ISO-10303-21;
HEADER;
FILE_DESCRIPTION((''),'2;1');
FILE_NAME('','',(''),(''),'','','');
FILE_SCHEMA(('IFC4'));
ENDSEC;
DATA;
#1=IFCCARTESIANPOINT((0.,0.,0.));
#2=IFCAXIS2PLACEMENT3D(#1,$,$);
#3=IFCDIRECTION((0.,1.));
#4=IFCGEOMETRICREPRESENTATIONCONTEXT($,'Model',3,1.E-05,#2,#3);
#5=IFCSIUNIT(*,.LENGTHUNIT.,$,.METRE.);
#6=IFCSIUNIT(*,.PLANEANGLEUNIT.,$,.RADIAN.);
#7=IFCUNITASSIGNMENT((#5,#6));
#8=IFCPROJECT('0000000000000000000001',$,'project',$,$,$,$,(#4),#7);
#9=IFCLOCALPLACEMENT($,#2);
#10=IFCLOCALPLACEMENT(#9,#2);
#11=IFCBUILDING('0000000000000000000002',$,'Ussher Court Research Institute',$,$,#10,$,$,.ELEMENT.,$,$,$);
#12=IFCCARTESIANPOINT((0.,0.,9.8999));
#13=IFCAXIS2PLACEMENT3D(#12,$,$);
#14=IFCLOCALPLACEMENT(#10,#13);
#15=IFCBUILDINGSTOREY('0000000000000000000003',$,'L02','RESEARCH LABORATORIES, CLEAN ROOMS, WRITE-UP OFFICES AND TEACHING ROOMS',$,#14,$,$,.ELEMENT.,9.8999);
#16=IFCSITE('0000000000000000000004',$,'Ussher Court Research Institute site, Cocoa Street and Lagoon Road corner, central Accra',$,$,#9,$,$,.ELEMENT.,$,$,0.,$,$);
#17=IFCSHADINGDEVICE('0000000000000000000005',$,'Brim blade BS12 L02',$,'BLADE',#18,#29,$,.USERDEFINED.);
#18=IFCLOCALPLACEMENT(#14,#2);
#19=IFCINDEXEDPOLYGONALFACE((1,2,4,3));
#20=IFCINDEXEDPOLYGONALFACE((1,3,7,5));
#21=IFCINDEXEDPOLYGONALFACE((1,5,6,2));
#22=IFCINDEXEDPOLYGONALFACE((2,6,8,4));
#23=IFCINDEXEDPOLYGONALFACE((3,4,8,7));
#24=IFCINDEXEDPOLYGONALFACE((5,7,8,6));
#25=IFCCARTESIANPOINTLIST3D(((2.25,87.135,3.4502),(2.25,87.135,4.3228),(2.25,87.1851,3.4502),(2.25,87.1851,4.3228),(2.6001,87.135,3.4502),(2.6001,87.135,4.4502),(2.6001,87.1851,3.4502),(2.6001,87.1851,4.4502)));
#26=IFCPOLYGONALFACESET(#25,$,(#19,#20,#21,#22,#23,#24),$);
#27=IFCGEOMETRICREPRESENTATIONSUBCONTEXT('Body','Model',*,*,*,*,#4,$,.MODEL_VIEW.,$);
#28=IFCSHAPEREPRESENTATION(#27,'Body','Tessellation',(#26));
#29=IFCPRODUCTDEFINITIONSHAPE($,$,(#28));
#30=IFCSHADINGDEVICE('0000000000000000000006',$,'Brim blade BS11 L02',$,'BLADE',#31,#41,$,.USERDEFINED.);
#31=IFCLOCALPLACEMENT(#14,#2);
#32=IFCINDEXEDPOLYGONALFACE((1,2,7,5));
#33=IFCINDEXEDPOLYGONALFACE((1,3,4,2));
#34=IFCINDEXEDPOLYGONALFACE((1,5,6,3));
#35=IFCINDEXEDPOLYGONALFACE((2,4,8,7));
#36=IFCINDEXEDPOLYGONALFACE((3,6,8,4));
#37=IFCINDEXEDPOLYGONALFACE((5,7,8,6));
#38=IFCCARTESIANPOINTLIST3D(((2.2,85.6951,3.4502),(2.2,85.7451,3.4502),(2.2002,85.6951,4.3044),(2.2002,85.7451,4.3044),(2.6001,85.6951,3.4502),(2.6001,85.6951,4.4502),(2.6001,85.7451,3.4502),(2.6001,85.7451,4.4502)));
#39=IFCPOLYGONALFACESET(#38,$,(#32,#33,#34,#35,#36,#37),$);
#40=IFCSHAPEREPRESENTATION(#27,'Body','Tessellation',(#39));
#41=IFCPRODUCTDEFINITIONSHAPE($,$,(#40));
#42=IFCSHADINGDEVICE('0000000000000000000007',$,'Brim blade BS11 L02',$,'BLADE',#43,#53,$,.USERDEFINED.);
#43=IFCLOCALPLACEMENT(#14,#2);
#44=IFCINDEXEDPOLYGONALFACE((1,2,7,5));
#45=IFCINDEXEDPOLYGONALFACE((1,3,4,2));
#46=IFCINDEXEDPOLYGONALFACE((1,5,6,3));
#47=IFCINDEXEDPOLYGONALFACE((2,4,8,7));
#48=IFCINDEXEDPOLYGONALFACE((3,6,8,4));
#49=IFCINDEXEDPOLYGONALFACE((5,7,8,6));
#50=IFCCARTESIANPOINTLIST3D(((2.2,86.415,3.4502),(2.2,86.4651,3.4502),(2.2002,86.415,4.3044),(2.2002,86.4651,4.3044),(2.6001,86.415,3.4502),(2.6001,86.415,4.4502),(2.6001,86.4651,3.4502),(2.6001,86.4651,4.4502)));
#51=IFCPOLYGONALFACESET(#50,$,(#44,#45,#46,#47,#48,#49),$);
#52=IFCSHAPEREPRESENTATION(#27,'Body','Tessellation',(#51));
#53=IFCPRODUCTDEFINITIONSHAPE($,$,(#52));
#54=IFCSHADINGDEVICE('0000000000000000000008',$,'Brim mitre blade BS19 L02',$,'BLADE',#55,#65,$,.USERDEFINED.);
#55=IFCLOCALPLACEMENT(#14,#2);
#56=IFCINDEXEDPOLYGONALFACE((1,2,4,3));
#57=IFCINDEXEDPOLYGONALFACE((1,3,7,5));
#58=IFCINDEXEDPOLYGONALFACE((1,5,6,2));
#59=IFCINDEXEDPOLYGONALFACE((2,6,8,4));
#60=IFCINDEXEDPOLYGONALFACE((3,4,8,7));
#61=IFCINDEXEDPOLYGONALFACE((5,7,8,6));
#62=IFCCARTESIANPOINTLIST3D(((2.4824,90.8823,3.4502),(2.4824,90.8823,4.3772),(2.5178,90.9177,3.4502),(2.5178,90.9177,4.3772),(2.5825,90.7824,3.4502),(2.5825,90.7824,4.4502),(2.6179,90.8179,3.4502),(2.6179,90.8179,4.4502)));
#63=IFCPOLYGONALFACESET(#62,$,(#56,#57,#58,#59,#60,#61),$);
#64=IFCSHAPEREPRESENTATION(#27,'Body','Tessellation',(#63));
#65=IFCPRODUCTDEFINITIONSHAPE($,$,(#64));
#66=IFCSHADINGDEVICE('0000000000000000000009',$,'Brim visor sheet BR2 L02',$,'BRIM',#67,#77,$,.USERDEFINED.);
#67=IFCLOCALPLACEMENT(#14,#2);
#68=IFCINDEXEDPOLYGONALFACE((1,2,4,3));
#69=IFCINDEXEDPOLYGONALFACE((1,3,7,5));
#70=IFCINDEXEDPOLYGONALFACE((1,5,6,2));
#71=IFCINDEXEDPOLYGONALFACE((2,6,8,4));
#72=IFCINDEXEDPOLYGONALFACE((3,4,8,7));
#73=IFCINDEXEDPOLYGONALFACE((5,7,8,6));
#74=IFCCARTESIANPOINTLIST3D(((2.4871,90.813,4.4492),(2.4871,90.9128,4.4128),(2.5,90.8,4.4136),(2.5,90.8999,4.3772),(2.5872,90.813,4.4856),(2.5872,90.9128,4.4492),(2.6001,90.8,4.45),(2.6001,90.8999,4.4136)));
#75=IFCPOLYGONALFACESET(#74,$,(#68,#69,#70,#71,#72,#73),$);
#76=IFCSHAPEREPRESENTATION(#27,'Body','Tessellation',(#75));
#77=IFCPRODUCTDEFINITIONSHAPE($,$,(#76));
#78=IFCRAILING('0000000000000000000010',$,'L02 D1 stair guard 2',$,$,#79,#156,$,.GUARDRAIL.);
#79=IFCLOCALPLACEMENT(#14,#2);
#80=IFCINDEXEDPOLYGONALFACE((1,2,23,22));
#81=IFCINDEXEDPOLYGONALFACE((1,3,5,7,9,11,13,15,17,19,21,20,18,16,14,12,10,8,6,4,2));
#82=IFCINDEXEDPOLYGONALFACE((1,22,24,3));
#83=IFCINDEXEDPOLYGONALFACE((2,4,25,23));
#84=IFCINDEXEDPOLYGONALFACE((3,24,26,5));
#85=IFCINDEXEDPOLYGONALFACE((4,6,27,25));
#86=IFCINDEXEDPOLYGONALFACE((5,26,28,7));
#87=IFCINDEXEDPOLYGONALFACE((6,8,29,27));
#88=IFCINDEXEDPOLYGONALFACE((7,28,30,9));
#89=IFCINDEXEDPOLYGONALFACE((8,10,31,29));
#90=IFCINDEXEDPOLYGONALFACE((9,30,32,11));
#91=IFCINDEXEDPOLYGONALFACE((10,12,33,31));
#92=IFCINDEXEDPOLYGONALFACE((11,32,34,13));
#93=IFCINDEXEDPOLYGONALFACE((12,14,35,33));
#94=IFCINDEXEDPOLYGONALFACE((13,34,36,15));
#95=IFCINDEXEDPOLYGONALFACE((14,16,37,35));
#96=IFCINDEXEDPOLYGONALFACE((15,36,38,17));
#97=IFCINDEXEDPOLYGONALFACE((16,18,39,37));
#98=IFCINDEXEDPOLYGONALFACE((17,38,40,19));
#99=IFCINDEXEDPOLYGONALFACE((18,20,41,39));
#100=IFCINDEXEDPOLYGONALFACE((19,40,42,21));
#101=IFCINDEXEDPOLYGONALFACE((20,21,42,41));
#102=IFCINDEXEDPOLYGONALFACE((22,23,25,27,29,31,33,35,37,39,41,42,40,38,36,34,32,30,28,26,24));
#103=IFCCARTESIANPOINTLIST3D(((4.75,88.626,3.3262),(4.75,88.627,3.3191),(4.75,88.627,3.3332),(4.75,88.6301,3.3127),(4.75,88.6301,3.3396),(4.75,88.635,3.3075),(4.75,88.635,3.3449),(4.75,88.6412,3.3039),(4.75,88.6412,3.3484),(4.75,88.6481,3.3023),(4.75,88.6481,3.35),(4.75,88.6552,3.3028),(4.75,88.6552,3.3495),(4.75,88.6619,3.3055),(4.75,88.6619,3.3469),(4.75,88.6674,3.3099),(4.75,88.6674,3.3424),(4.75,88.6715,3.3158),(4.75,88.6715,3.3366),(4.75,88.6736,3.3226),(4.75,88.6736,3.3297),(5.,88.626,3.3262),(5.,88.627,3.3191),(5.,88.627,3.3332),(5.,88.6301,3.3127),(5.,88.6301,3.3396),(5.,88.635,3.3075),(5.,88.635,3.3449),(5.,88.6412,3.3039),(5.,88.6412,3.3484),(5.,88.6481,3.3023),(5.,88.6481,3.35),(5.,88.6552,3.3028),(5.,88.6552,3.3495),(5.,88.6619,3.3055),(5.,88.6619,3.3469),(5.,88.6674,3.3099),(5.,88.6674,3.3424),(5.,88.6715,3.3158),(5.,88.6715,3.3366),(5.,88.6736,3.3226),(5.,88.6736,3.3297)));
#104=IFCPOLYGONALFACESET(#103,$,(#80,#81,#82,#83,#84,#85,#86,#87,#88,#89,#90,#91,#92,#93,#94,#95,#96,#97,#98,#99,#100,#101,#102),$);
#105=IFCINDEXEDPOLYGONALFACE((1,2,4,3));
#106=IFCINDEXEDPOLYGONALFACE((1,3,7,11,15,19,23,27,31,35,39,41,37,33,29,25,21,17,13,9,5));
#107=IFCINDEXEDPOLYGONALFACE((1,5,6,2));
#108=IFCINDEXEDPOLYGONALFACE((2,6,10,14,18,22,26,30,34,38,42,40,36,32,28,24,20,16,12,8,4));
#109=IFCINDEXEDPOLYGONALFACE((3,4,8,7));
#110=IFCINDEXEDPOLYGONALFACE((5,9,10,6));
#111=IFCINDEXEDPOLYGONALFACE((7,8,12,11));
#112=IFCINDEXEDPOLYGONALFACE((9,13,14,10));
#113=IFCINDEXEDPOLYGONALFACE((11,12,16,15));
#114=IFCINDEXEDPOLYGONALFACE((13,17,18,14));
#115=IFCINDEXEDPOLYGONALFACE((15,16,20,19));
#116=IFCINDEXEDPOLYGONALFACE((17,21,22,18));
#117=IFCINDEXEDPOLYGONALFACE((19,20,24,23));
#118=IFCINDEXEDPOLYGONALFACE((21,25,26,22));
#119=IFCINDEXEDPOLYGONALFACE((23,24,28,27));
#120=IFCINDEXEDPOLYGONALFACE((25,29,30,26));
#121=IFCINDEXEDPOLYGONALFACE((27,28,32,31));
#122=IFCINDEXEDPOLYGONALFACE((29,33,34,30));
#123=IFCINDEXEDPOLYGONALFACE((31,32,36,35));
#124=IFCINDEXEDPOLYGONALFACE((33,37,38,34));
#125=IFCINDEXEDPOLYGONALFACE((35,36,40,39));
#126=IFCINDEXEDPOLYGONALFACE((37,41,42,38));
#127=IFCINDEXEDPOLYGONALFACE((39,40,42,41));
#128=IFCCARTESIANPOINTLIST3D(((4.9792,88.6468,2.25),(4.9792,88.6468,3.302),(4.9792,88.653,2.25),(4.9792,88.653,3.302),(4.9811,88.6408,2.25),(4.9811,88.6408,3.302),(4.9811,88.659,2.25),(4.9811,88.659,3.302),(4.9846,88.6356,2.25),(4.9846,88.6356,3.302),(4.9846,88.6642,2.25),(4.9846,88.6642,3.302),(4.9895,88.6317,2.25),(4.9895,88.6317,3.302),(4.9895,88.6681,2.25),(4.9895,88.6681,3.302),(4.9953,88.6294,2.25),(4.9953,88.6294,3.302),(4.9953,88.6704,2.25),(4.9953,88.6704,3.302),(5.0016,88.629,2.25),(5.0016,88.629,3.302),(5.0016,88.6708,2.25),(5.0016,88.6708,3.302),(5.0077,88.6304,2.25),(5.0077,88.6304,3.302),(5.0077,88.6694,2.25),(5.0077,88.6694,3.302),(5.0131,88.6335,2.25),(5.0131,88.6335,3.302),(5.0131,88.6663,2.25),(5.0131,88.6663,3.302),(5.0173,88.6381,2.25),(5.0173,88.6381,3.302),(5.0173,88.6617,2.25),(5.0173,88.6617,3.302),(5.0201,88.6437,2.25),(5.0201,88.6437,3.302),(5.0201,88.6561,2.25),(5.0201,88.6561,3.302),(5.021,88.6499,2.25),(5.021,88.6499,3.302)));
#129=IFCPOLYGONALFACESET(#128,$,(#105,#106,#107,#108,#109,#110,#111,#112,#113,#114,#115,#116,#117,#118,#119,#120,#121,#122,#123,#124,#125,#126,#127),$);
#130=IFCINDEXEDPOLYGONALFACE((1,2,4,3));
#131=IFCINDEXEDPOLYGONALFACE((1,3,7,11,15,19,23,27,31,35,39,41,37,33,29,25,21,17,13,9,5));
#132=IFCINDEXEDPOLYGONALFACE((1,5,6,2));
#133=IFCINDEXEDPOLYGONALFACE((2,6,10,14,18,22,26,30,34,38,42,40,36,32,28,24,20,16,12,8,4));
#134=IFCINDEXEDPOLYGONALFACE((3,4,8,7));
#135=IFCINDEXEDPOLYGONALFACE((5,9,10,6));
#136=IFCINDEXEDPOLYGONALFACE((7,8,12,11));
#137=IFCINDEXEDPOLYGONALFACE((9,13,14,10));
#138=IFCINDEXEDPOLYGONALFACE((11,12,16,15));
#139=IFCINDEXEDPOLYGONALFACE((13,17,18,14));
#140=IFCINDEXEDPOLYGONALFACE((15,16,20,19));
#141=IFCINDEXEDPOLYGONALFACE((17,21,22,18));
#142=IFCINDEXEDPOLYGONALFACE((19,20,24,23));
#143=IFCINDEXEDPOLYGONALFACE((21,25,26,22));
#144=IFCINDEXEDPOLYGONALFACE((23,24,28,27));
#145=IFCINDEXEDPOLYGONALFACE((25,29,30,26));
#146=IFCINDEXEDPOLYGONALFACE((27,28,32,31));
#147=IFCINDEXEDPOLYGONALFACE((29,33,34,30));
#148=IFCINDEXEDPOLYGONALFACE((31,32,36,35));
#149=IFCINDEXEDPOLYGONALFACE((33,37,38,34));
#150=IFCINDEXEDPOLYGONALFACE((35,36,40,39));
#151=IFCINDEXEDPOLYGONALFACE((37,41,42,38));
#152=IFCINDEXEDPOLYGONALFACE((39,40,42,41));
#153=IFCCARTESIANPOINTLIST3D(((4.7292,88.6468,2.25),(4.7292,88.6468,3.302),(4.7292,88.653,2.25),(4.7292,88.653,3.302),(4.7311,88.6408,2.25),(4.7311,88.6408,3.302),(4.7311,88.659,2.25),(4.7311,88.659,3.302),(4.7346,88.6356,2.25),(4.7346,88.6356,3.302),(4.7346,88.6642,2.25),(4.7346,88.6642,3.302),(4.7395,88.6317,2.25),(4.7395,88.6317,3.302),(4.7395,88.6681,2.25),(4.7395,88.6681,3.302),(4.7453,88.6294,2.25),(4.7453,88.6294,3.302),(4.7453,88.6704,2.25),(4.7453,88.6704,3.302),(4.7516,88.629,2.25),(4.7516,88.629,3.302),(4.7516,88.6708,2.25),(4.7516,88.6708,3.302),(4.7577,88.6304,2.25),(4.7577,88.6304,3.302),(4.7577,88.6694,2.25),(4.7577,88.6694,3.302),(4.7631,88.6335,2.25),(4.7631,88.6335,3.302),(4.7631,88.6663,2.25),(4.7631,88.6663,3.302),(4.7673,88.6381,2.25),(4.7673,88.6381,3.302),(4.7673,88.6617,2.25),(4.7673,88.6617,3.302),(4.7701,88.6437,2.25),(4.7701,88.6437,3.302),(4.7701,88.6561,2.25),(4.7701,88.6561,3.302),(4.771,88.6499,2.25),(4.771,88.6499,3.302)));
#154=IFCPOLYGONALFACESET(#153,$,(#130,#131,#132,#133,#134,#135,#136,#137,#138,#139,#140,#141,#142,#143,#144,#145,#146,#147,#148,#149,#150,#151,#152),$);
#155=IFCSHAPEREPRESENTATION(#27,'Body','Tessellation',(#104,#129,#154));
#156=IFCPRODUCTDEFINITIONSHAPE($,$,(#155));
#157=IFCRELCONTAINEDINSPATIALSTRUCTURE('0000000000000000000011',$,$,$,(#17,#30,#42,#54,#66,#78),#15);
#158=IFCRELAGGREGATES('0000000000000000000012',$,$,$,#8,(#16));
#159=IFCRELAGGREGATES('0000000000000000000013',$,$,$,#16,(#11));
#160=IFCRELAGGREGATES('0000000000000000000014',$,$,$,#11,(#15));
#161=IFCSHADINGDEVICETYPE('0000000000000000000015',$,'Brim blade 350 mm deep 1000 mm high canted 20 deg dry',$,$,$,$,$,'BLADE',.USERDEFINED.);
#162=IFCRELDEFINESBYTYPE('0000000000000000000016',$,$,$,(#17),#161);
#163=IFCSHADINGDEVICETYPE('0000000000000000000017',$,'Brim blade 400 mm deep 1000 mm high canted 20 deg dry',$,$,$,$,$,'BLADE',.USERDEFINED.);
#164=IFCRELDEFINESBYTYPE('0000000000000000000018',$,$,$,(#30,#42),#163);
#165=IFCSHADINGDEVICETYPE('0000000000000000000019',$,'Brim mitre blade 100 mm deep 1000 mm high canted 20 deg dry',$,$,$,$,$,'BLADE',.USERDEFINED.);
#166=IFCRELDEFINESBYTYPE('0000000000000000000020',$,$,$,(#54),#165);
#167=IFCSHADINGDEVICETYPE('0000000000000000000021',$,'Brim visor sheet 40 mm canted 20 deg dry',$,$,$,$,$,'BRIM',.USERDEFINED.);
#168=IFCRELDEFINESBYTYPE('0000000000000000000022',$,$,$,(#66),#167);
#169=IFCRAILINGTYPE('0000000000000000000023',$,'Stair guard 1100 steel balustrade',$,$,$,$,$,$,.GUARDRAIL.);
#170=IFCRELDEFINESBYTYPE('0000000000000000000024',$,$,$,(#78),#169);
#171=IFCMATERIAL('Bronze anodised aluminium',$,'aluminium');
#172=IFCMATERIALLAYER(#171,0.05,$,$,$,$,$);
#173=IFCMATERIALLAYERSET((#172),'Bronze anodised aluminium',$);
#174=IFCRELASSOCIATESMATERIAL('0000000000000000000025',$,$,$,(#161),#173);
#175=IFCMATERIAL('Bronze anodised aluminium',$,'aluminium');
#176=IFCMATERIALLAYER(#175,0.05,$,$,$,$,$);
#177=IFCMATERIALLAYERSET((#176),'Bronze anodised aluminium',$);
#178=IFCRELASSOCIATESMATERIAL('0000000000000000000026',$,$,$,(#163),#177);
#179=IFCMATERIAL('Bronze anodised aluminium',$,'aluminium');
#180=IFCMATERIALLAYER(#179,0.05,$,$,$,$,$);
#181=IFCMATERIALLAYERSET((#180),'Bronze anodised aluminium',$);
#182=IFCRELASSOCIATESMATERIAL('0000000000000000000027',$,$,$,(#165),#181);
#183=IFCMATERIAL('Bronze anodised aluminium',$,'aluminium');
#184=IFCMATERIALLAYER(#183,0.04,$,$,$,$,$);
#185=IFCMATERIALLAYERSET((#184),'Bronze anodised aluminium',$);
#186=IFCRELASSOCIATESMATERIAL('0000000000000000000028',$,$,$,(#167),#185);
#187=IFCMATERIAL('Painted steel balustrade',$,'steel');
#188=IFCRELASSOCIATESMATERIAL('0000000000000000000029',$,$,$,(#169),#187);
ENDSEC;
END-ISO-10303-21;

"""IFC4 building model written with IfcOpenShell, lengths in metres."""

from ifc_helpers import new_model, si_unit, direction, frame, origin, origin_2d, place, context, subcontext, project, spatial, polyline, circle, outline, extrude, material, layer, layer_set, type_object, element, save


model = new_model("IFC4")

# Units and contexts
model_context = context("Model", 3, precision=1e-05, world=origin(), true_north=direction((0.0, 1.0)))
body_context = subcontext(model_context, "Body", "Model", "MODEL_VIEW")
ifc_project = project(units=[si_unit("LENGTHUNIT", "METRE"), si_unit("PLANEANGLEUNIT", "RADIAN")], contexts=[model_context])

# Site, building, storey
site_placement = place(None, origin())
site = spatial("IfcSite", under=ifc_project, at=site_placement, Name="Ussher Court Research Institute site, Cocoa Street and Lagoon Road corner, central Accra", CompositionType="ELEMENT", RefElevation=0.0)
building_placement = place(site_placement, origin())
building = spatial("IfcBuilding", under=site, at=building_placement, Name="Ussher Court Research Institute", CompositionType="ELEMENT")
storey_placement = place(building_placement, frame((0.0, 0.0, 9.8999)))
storey = spatial("IfcBuildingStorey", under=building, at=storey_placement, Name="L02", Description="RESEARCH LABORATORIES, CLEAN ROOMS, WRITE-UP OFFICES AND TEACHING ROOMS", CompositionType="ELEMENT", Elevation=9.8999)

# Shading devices
ifc_material_1 = material(Name="Bronze anodised aluminium", Category="aluminium")
ifc_layer_1 = layer(ifc_material_1, 0.05)
ifc_layer_set_1 = layer_set([ifc_layer_1], Name="Bronze anodised aluminium")
shading_device_type_1 = type_object("IfcShadingDeviceType", Name="Brim blade 350 mm deep 1000 mm high canted 20 deg dry", ElementType="BLADE", PredefinedType="USERDEFINED", material=ifc_layer_set_1)
shading_device_1_placement = place(storey_placement, frame((2.6001, 87.1599, 3.4502), z_axis=(0.0, 0.0, 1.0), x_axis=(-1.0, 0.0, 0.0)))
element("IfcShadingDevice", 1, at=shading_device_1_placement, inside=storey, type_object=shading_device_type_1, Name="Brim blade BS12 L02", ObjectType="BLADE", PredefinedType="USERDEFINED", context=body_context, shape_type="SweptSolid", body=[
    extrude(outline(polyline([(0.0, 0.0), (0.3501, 0.0), (0.3501, 0.8726), (0.0, 1.0), (0.0, 0.0)])), frame((0.0, 0.0249, 0.0), z_axis=(0.0, -1.0, 0.0), x_axis=(1.0, 0.0, 0.0)), (0.0, 0.0, 1.0), 0.05),
])
ifc_material_2 = material(Name="Bronze anodised aluminium", Category="aluminium")
ifc_layer_2 = layer(ifc_material_2, 0.05)
ifc_layer_set_2 = layer_set([ifc_layer_2], Name="Bronze anodised aluminium")
shading_device_type_2 = type_object("IfcShadingDeviceType", Name="Brim blade 400 mm deep 1000 mm high canted 20 deg dry", ElementType="BLADE", PredefinedType="USERDEFINED", material=ifc_layer_set_2)
for number, where, z_axis, x_axis, name in (
    (2, (2.6001, 85.72, 3.4502), (0.0, 0.0, 1.0), (-1.0, 0.0, 0.0), "Brim blade BS11 L02"),
    (3, (2.6001, 86.4399, 3.4502), (0.0, 0.0, 1.0), (-1.0, 0.0, 0.0), "Brim blade BS11 L02"),
):
    element("IfcShadingDevice", number, at=place(storey_placement, frame(where, z_axis=z_axis, x_axis=x_axis)), inside=storey, type_object=shading_device_type_2, Name=name, ObjectType="BLADE", PredefinedType="USERDEFINED", context=body_context, shape_type="SweptSolid", body=[
        extrude(outline(polyline([(0.0, 0.0), (0.4001, 0.0), (0.3999, 0.8542), (0.0, 1.0), (0.0, 0.0)])), frame((0.0, 0.0249, 0.0), z_axis=(0.0, -1.0, 0.0), x_axis=(1.0, 0.0, 0.0)), (0.0, 0.0, 1.0), 0.05),
    ])
ifc_material_3 = material(Name="Bronze anodised aluminium", Category="aluminium")
ifc_layer_3 = layer(ifc_material_3, 0.05)
ifc_layer_set_3 = layer_set([ifc_layer_3], Name="Bronze anodised aluminium")
shading_device_type_3 = type_object("IfcShadingDeviceType", Name="Brim mitre blade 100 mm deep 1000 mm high canted 20 deg dry", ElementType="BLADE", PredefinedType="USERDEFINED", material=ifc_layer_set_3)
shading_device_2_placement = place(storey_placement, frame((2.6001, 90.8, 3.4502), z_axis=(0.0, 0.0, 1.0), x_axis=(-0.70797, 0.706243, 0.0)))
element("IfcShadingDevice", 4, at=shading_device_2_placement, inside=storey, type_object=shading_device_type_3, Name="Brim mitre blade BS19 L02", ObjectType="BLADE", PredefinedType="USERDEFINED", context=body_context, shape_type="SweptSolid", body=[
    extrude(outline(polyline([(0.0, 0.0), (0.1414, 0.0), (0.1414, 0.927), (0.0, 1.0), (0.0, 0.0)])), frame((0.0, 0.0249, 0.0), z_axis=(0.0, -1.0, 0.0), x_axis=(1.0, 0.0, 0.0)), (0.0, 0.0, 1.0), 0.05),
])
ifc_material_4 = material(Name="Bronze anodised aluminium", Category="aluminium")
ifc_layer_4 = layer(ifc_material_4, 0.04)
ifc_layer_set_4 = layer_set([ifc_layer_4], Name="Bronze anodised aluminium")
shading_device_type_4 = type_object("IfcShadingDeviceType", Name="Brim visor sheet 40 mm canted 20 deg dry", ElementType="BRIM", PredefinedType="USERDEFINED", material=ifc_layer_set_4)
shading_device_3_placement = place(storey_placement, frame((2.5872, 90.813, 4.4856), z_axis=(-0.323142, 0.323932, 0.889183), x_axis=(0.0, 0.939592, -0.342296)))
element("IfcShadingDevice", 5, at=shading_device_3_placement, inside=storey, type_object=shading_device_type_4, Name="Brim visor sheet BR2 L02", ObjectType="BRIM", PredefinedType="USERDEFINED", context=body_context, shape_type="SweptSolid", body=[
    extrude(outline(polyline([(0.0, 0.0), (0.1063, 0.0), (0.1187, 0.1058), (0.0125, 0.1058), (0.0, 0.0)])), origin(), (0.0, 0.0, -1.0), 0.04),
])

# Railing
ifc_material_5 = material(Name="Painted steel balustrade", Category="steel")
railing_type_1 = type_object("IfcRailingType", Name="Stair guard 1100 steel balustrade", PredefinedType="GUARDRAIL", material=ifc_material_5)
railing_1_placement = place(storey_placement, frame((5.0, 88.6499, 2.25)))
element("IfcRailing", 6, at=railing_1_placement, inside=storey, type_object=railing_type_1, Name="L02 D1 stair guard 2", PredefinedType="GUARDRAIL", context=body_context, shape_type="SweptSolid", body=[
    extrude(circle(Radius=0.0239, at=origin_2d()), frame((0.0, 0.0, 1.0762), z_axis=(-1.0, 0.0, 0.0), x_axis=(0.0, -1.0, 0.0)), (0.0, 0.0, 1.0), 0.25),
    extrude(circle(Radius=0.021, at=origin_2d()), origin(), (0.0, 0.0, 1.0), 1.052),
    extrude(circle(Radius=0.021, at=origin_2d()), frame((-0.25, 0.0, 0.0)), (0.0, 0.0, 1.0), 1.052),
])

save(model, "model.ifc")
